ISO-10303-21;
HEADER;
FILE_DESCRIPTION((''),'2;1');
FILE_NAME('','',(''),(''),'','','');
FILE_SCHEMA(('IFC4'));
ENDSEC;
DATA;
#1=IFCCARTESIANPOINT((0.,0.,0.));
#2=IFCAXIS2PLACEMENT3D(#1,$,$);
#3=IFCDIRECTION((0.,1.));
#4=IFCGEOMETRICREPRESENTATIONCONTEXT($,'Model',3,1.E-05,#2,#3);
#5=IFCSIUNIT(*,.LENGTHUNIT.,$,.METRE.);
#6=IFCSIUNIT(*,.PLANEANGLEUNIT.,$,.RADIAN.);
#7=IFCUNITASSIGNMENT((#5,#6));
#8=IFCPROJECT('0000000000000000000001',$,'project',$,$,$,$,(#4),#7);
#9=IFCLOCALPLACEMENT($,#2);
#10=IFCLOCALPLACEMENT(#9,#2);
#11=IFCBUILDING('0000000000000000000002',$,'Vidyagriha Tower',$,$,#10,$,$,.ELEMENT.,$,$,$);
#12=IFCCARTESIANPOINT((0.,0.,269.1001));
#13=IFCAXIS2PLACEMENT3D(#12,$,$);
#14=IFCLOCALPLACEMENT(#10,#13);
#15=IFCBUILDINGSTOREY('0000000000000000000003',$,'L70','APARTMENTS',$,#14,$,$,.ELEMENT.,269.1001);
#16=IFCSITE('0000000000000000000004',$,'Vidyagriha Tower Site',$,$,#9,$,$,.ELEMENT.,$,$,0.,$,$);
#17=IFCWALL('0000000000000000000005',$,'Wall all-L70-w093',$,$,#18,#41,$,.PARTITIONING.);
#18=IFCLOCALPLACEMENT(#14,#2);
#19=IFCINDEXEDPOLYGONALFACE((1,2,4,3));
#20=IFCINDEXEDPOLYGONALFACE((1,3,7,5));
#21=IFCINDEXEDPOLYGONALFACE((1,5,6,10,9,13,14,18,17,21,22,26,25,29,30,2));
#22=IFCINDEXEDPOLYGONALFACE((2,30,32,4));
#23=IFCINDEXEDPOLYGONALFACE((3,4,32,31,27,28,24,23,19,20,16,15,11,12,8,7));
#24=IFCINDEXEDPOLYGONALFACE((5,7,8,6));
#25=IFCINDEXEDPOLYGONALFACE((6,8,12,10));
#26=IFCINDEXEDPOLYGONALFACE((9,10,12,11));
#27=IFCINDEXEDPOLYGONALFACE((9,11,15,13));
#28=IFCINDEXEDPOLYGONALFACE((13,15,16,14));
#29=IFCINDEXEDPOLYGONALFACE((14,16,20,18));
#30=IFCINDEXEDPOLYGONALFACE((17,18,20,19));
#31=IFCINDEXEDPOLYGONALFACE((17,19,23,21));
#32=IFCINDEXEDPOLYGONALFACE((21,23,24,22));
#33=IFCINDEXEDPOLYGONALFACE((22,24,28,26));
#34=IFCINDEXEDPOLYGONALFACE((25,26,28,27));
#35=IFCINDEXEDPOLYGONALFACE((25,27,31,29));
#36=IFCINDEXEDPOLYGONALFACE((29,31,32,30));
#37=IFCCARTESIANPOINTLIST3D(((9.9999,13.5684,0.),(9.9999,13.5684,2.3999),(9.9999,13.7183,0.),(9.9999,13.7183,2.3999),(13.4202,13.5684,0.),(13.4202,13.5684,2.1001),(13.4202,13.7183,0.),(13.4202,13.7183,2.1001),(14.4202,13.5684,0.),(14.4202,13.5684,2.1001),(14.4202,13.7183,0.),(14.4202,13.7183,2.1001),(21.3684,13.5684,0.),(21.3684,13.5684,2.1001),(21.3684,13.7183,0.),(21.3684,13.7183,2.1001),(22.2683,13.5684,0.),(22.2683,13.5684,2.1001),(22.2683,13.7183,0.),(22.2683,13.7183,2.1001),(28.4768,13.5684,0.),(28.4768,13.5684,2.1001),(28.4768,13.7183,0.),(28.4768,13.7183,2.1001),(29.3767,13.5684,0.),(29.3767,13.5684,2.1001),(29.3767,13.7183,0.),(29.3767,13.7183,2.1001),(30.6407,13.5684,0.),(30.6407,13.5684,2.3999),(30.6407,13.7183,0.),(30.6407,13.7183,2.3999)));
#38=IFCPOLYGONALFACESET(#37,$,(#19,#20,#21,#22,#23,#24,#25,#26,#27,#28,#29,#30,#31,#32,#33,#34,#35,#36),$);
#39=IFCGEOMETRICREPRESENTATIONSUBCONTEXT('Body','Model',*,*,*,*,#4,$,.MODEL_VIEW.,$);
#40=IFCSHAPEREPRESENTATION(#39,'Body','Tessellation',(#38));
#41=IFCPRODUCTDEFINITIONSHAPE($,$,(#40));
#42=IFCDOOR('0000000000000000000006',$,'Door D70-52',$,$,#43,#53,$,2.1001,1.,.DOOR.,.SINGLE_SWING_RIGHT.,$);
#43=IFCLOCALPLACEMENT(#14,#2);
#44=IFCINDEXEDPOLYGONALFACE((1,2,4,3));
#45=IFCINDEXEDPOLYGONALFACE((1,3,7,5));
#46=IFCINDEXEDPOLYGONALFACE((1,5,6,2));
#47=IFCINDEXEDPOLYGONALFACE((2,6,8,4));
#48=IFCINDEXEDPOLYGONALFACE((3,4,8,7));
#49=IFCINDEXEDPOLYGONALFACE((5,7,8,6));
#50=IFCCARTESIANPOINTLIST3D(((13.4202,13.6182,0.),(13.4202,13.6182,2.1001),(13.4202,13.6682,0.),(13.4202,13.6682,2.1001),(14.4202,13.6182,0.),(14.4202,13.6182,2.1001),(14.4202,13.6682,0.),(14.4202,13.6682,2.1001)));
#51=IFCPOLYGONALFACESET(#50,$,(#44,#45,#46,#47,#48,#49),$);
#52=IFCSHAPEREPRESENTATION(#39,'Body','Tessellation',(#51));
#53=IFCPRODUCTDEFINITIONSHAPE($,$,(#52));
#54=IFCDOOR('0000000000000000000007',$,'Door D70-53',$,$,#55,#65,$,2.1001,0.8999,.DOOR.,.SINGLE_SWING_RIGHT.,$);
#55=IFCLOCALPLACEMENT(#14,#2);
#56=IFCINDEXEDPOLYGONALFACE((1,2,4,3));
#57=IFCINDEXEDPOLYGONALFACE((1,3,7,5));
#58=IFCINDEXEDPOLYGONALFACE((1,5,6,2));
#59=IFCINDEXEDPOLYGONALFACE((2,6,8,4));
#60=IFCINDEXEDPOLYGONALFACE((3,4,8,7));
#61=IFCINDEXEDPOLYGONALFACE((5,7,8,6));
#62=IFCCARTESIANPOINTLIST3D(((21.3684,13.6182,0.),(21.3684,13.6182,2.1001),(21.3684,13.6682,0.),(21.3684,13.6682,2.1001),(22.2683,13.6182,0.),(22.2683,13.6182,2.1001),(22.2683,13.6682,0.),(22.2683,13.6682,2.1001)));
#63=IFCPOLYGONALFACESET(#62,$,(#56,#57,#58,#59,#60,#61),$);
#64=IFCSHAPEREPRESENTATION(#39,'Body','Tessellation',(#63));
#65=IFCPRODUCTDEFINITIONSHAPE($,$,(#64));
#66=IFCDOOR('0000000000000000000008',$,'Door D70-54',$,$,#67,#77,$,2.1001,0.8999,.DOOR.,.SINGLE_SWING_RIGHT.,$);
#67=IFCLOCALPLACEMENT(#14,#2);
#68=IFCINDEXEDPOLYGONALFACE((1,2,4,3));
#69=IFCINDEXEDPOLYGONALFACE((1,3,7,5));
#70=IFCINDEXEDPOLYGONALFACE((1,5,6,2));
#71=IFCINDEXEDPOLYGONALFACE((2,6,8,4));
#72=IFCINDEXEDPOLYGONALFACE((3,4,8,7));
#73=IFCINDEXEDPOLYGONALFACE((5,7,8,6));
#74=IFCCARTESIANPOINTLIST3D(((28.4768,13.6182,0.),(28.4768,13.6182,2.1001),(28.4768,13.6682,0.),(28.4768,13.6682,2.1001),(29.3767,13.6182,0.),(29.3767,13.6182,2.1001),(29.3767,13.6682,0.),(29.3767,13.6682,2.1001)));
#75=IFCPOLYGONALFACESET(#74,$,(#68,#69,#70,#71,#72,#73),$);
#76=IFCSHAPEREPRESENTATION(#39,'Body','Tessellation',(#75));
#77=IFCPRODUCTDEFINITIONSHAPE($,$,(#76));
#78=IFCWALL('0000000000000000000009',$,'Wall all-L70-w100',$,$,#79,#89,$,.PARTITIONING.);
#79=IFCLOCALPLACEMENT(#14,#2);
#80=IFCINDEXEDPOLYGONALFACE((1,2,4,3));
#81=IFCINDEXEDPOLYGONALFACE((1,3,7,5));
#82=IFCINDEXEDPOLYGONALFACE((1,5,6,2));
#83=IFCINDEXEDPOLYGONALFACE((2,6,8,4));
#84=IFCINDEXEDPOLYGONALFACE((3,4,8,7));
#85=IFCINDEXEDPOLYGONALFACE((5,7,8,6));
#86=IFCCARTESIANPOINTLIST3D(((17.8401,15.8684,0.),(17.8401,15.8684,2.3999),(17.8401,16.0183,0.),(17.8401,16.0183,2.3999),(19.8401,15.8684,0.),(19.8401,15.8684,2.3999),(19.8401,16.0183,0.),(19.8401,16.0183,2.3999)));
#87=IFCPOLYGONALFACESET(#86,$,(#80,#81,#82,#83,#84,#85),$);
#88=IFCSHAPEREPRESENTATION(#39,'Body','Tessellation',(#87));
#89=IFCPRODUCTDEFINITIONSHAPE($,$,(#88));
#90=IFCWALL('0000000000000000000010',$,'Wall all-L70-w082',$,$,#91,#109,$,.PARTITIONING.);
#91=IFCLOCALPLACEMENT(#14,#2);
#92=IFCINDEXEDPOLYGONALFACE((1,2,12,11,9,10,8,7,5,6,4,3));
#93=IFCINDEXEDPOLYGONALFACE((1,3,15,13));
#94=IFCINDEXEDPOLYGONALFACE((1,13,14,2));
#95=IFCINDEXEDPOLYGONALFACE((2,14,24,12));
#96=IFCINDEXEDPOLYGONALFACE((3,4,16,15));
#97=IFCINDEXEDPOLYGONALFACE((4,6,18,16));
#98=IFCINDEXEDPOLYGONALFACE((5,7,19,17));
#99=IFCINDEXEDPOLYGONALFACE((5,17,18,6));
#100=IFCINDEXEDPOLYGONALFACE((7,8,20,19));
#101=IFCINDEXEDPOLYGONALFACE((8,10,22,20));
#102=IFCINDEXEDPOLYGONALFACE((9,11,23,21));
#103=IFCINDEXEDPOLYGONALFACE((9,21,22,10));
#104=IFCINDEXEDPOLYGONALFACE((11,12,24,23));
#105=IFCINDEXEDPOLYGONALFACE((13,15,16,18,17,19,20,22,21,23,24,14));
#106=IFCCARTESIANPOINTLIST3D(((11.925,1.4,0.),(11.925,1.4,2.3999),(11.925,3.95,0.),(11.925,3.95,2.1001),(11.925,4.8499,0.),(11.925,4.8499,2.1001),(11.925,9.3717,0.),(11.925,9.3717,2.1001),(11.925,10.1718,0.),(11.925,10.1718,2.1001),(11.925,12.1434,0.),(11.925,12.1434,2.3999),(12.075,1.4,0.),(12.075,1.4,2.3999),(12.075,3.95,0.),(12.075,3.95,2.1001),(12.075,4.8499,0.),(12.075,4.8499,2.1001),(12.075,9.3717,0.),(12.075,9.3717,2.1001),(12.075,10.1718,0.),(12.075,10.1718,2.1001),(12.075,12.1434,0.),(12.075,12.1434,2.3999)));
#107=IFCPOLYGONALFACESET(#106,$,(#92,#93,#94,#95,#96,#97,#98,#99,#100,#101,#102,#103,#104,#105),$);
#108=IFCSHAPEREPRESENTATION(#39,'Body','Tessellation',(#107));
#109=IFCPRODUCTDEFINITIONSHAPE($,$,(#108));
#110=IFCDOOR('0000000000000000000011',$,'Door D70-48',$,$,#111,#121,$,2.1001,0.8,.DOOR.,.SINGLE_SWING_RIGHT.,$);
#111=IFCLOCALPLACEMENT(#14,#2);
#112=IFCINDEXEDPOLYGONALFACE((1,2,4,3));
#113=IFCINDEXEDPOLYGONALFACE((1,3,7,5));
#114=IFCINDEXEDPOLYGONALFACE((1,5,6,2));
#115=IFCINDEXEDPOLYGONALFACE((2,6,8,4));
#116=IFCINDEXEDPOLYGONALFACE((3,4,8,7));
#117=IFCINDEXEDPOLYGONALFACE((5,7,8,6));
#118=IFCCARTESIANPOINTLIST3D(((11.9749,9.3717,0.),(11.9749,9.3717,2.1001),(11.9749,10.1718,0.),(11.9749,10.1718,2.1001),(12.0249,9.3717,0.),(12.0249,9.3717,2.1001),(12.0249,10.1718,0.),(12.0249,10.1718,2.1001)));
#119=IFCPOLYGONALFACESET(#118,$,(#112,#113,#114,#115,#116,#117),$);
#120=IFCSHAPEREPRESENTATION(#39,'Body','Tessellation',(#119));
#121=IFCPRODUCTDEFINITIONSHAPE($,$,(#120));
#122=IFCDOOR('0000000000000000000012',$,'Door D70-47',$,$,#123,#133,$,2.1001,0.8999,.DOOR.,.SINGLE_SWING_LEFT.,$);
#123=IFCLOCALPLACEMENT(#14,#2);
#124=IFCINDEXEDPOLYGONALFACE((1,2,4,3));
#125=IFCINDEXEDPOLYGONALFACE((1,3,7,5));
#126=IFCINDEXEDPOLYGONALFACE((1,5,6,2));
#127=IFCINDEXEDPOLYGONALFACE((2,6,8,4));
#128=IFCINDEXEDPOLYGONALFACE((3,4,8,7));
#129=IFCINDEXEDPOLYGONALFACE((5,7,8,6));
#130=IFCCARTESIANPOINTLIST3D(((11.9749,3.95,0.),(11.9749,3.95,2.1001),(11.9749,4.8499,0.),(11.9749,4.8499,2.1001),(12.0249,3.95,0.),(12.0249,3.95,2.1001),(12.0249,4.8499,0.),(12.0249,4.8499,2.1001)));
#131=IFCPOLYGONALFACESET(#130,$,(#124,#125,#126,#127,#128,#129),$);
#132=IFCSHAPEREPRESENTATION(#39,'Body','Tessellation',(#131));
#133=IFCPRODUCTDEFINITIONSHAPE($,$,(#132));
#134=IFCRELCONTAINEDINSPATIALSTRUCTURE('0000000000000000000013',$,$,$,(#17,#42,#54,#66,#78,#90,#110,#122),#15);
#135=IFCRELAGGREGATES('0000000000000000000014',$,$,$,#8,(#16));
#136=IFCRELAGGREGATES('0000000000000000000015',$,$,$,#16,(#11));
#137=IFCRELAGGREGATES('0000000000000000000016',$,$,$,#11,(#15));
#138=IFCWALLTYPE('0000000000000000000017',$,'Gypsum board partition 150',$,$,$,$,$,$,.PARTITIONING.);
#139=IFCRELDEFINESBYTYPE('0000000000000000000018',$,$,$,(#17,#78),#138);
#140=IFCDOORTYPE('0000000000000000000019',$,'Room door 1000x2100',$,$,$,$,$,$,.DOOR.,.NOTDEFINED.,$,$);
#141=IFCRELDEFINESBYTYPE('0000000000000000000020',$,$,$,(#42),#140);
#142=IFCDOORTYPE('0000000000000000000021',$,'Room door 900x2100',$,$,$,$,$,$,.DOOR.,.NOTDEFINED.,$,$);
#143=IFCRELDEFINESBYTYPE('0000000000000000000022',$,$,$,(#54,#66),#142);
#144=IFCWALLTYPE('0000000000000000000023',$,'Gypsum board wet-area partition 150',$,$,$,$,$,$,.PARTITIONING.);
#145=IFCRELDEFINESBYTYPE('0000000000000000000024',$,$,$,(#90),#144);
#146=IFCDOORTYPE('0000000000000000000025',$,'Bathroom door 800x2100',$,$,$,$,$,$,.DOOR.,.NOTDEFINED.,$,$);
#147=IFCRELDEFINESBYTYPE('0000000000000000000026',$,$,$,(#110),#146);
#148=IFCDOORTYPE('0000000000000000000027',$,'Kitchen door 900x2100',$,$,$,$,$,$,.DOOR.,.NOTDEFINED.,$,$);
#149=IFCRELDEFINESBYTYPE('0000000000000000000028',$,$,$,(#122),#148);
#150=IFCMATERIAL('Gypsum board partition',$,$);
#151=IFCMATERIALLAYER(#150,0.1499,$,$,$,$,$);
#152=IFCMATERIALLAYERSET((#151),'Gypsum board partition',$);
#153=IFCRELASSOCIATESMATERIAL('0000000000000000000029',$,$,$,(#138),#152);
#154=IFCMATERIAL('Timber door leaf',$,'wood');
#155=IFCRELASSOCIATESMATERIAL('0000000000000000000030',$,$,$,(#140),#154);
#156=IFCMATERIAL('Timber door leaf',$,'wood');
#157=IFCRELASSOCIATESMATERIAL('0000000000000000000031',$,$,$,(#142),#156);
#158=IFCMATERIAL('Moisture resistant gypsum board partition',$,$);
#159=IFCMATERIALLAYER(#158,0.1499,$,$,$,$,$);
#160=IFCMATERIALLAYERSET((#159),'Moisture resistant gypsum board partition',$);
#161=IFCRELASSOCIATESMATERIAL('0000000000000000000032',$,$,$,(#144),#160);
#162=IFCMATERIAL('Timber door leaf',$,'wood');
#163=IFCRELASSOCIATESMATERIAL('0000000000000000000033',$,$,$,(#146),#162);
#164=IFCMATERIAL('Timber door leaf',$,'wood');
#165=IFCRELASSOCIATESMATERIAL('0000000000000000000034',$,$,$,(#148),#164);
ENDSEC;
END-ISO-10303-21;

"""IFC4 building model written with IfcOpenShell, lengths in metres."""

from ifc_helpers import new_model, si_unit, direction, frame, frame_2d, origin, place, context, subcontext, project, spatial, rectangle, extrude, material, layer, layer_set, type_object, element, fill, save


model = new_model("IFC4")

# Units and contexts
model_context = context("Model", 3, precision=1e-05, world=origin(), true_north=direction((0.0, 1.0)))
body_context = subcontext(model_context, "Body", "Model", "MODEL_VIEW")
ifc_project = project(units=[si_unit("LENGTHUNIT", "METRE"), si_unit("PLANEANGLEUNIT", "RADIAN")], contexts=[model_context])

# Site, building, storey
site_placement = place(None, origin())
site = spatial("IfcSite", under=ifc_project, at=site_placement, Name="Vidyagriha Tower Site", CompositionType="ELEMENT", RefElevation=0.0)
building_placement = place(site_placement, origin())
building = spatial("IfcBuilding", under=site, at=building_placement, Name="Vidyagriha Tower", CompositionType="ELEMENT")
storey_placement = place(building_placement, frame((0.0, 0.0, 269.1001)))
storey = spatial("IfcBuildingStorey", under=building, at=storey_placement, Name="L70", Description="APARTMENTS", CompositionType="ELEMENT", Elevation=269.1001)

# Shared definitions
ifc_material_1 = material(Name="Gypsum board partition")
ifc_layer_1 = layer(ifc_material_1, 0.1499)
ifc_layer_set_1 = layer_set([ifc_layer_1], Name="Gypsum board partition")
wall_type_1 = type_object("IfcWallType", Name="Gypsum board partition 150", PredefinedType="PARTITIONING", material=ifc_layer_set_1)

# Wall, openings, doors
wall_1_placement = place(storey_placement, frame((10.0, 13.6433, 0.0)))
wall_1 = element("IfcWall", 1, at=wall_1_placement, inside=storey, type_object=wall_type_1, Name="Wall all-L70-w093", PredefinedType="PARTITIONING", context=body_context, shape_type="SweptSolid", body=[
    extrude(rectangle(XDim=20.6409, YDim=0.1499, at=frame_2d((10.3203, 0.0))), origin(), (0.0, 0.0, 1.0), 2.3999),
])
opening_1_placement = place(wall_1_placement, frame((3.4202, 0.0, 0.0)))
opening_1 = element("IfcOpeningElement", 2, at=opening_1_placement, cuts=wall_1, PredefinedType="OPENING", context=body_context, shape_type="SweptSolid", body=[
    extrude(rectangle(XDim=1.0, YDim=2.1001, at=frame_2d((0.5, 1.05))), frame((0.0, 0.085, 0.0), z_axis=(0.0, -1.0, 0.0), x_axis=(1.0, 0.0, 0.0)), (0.0, 0.0, 1.0), 0.1699),
])
opening_2_placement = place(wall_1_placement, frame((11.3684, 0.0, 0.0)))
opening_2 = element("IfcOpeningElement", 3, at=opening_2_placement, cuts=wall_1, PredefinedType="OPENING", context=body_context, shape_type="SweptSolid", body=[
    extrude(rectangle(XDim=0.8999, YDim=2.1001, at=frame_2d((0.45, 1.05))), frame((0.0, 0.085, 0.0), z_axis=(0.0, -1.0, 0.0), x_axis=(1.0, 0.0, 0.0)), (0.0, 0.0, 1.0), 0.1699),
])
opening_3_placement = place(wall_1_placement, frame((18.4768, 0.0, 0.0)))
opening_3 = element("IfcOpeningElement", 4, at=opening_3_placement, cuts=wall_1, PredefinedType="OPENING", context=body_context, shape_type="SweptSolid", body=[
    extrude(rectangle(XDim=0.8999, YDim=2.1001, at=frame_2d((0.45, 1.05))), frame((0.0, 0.085, 0.0), z_axis=(0.0, -1.0, 0.0), x_axis=(1.0, 0.0, 0.0)), (0.0, 0.0, 1.0), 0.1699),
])
ifc_material_2 = material(Name="Timber door leaf", Category="wood")
door_type_1 = type_object("IfcDoorType", Name="Room door 1000x2100", OperationType="NOTDEFINED", PredefinedType="DOOR", material=ifc_material_2)
door_1_placement = place(opening_1_placement, origin())
door_1 = element("IfcDoor", 5, at=door_1_placement, inside=storey, type_object=door_type_1, Name="Door D70-52", OperationType="SINGLE_SWING_RIGHT", OverallHeight=2.1001, OverallWidth=1.0, PredefinedType="DOOR", context=body_context, shape_type="SweptSolid", body=[
    extrude(rectangle(XDim=1.0, YDim=2.1001, at=frame_2d((0.5, 1.05))), frame((0.0, 0.0249, 0.0), z_axis=(0.0, -1.0, 0.0), x_axis=(1.0, 0.0, 0.0)), (0.0, 0.0, 1.0), 0.05),
])
fill(opening_1, door_1)
ifc_material_3 = material(Name="Timber door leaf", Category="wood")
door_type_2 = type_object("IfcDoorType", Name="Room door 900x2100", OperationType="NOTDEFINED", PredefinedType="DOOR", material=ifc_material_3)
door_2_placement = place(opening_2_placement, origin())
door_2 = element("IfcDoor", 6, at=door_2_placement, inside=storey, type_object=door_type_2, Name="Door D70-53", OperationType="SINGLE_SWING_RIGHT", OverallHeight=2.1001, OverallWidth=0.8999, PredefinedType="DOOR", context=body_context, shape_type="SweptSolid", body=[
    extrude(rectangle(XDim=0.8999, YDim=2.1001, at=frame_2d((0.45, 1.05))), frame((0.0, 0.0249, 0.0), z_axis=(0.0, -1.0, 0.0), x_axis=(1.0, 0.0, 0.0)), (0.0, 0.0, 1.0), 0.05),
])
fill(opening_2, door_2)
door_3_placement = place(opening_3_placement, origin())
door_3 = element("IfcDoor", 7, at=door_3_placement, inside=storey, type_object=door_type_2, Name="Door D70-54", OperationType="SINGLE_SWING_RIGHT", OverallHeight=2.1001, OverallWidth=0.8999, PredefinedType="DOOR", context=body_context, shape_type="SweptSolid", body=[
    extrude(rectangle(XDim=0.8999, YDim=2.1001, at=frame_2d((0.45, 1.05))), frame((0.0, 0.0249, 0.0), z_axis=(0.0, -1.0, 0.0), x_axis=(1.0, 0.0, 0.0)), (0.0, 0.0, 1.0), 0.05),
])
fill(opening_3, door_3)

# Wall
wall_2_placement = place(storey_placement, frame((17.8401, 15.9434, 0.0)))
element("IfcWall", 8, at=wall_2_placement, inside=storey, type_object=wall_type_1, Name="Wall all-L70-w100", PredefinedType="PARTITIONING", context=body_context, shape_type="SweptSolid", body=[
    extrude(rectangle(XDim=2.0, YDim=0.1499, at=frame_2d((1.0, 0.0))), origin(), (0.0, 0.0, 1.0), 2.3999),
])

# Wall, openings, doors
ifc_material_4 = material(Name="Moisture resistant gypsum board partition")
ifc_layer_2 = layer(ifc_material_4, 0.1499)
ifc_layer_set_2 = layer_set([ifc_layer_2], Name="Moisture resistant gypsum board partition")
wall_type_2 = type_object("IfcWallType", Name="Gypsum board wet-area partition 150", PredefinedType="PARTITIONING", material=ifc_layer_set_2)
wall_3_placement = place(storey_placement, frame((12.0, 12.1433, 0.0), z_axis=(0.0, 0.0, 1.0), x_axis=(0.0, -1.0, 0.0)))
wall_3 = element("IfcWall", 9, at=wall_3_placement, inside=storey, type_object=wall_type_2, Name="Wall all-L70-w082", PredefinedType="PARTITIONING", context=body_context, shape_type="SweptSolid", body=[
    extrude(rectangle(XDim=10.7434, YDim=0.1499, at=frame_2d((5.3716, 0.0))), origin(), (0.0, 0.0, 1.0), 2.3999),
])
opening_4_placement = place(wall_3_placement, frame((7.2935, 0.0, 0.0)))
opening_4 = element("IfcOpeningElement", 10, at=opening_4_placement, cuts=wall_3, PredefinedType="OPENING", context=body_context, shape_type="SweptSolid", body=[
    extrude(rectangle(XDim=0.8999, YDim=2.1001, at=frame_2d((0.45, 1.05))), frame((0.0, 0.085, 0.0), z_axis=(0.0, -1.0, 0.0), x_axis=(1.0, 0.0, 0.0)), (0.0, 0.0, 1.0), 0.1699),
])
opening_5_placement = place(wall_3_placement, frame((1.9717, 0.0, 0.0)))
opening_5 = element("IfcOpeningElement", 11, at=opening_5_placement, cuts=wall_3, PredefinedType="OPENING", context=body_context, shape_type="SweptSolid", body=[
    extrude(rectangle(XDim=0.8, YDim=2.1001, at=frame_2d((0.3999, 1.05))), frame((0.0, 0.085, 0.0), z_axis=(0.0, -1.0, 0.0), x_axis=(1.0, 0.0, 0.0)), (0.0, 0.0, 1.0), 0.1699),
])
ifc_material_5 = material(Name="Timber door leaf", Category="wood")
door_type_3 = type_object("IfcDoorType", Name="Bathroom door 800x2100", OperationType="NOTDEFINED", PredefinedType="DOOR", material=ifc_material_5)
door_4_placement = place(opening_5_placement, origin())
door_4 = element("IfcDoor", 12, at=door_4_placement, inside=storey, type_object=door_type_3, Name="Door D70-48", OperationType="SINGLE_SWING_RIGHT", OverallHeight=2.1001, OverallWidth=0.8, PredefinedType="DOOR", context=body_context, shape_type="SweptSolid", body=[
    extrude(rectangle(XDim=0.8, YDim=2.1001, at=frame_2d((0.3999, 1.05))), frame((0.0, 0.0249, 0.0), z_axis=(0.0, -1.0, 0.0), x_axis=(1.0, 0.0, 0.0)), (0.0, 0.0, 1.0), 0.05),
])
fill(opening_5, door_4)
ifc_material_6 = material(Name="Timber door leaf", Category="wood")
door_type_4 = type_object("IfcDoorType", Name="Kitchen door 900x2100", OperationType="NOTDEFINED", PredefinedType="DOOR", material=ifc_material_6)
door_5_placement = place(opening_4_placement, origin())
door_5 = element("IfcDoor", 13, at=door_5_placement, inside=storey, type_object=door_type_4, Name="Door D70-47", OperationType="SINGLE_SWING_LEFT", OverallHeight=2.1001, OverallWidth=0.8999, PredefinedType="DOOR", context=body_context, shape_type="SweptSolid", body=[
    extrude(rectangle(XDim=0.8999, YDim=2.1001, at=frame_2d((0.45, 1.05))), frame((0.0, 0.0249, 0.0), z_axis=(0.0, -1.0, 0.0), x_axis=(1.0, 0.0, 0.0)), (0.0, 0.0, 1.0), 0.05),
])
fill(opening_4, door_5)

save(model, "model.ifc")
